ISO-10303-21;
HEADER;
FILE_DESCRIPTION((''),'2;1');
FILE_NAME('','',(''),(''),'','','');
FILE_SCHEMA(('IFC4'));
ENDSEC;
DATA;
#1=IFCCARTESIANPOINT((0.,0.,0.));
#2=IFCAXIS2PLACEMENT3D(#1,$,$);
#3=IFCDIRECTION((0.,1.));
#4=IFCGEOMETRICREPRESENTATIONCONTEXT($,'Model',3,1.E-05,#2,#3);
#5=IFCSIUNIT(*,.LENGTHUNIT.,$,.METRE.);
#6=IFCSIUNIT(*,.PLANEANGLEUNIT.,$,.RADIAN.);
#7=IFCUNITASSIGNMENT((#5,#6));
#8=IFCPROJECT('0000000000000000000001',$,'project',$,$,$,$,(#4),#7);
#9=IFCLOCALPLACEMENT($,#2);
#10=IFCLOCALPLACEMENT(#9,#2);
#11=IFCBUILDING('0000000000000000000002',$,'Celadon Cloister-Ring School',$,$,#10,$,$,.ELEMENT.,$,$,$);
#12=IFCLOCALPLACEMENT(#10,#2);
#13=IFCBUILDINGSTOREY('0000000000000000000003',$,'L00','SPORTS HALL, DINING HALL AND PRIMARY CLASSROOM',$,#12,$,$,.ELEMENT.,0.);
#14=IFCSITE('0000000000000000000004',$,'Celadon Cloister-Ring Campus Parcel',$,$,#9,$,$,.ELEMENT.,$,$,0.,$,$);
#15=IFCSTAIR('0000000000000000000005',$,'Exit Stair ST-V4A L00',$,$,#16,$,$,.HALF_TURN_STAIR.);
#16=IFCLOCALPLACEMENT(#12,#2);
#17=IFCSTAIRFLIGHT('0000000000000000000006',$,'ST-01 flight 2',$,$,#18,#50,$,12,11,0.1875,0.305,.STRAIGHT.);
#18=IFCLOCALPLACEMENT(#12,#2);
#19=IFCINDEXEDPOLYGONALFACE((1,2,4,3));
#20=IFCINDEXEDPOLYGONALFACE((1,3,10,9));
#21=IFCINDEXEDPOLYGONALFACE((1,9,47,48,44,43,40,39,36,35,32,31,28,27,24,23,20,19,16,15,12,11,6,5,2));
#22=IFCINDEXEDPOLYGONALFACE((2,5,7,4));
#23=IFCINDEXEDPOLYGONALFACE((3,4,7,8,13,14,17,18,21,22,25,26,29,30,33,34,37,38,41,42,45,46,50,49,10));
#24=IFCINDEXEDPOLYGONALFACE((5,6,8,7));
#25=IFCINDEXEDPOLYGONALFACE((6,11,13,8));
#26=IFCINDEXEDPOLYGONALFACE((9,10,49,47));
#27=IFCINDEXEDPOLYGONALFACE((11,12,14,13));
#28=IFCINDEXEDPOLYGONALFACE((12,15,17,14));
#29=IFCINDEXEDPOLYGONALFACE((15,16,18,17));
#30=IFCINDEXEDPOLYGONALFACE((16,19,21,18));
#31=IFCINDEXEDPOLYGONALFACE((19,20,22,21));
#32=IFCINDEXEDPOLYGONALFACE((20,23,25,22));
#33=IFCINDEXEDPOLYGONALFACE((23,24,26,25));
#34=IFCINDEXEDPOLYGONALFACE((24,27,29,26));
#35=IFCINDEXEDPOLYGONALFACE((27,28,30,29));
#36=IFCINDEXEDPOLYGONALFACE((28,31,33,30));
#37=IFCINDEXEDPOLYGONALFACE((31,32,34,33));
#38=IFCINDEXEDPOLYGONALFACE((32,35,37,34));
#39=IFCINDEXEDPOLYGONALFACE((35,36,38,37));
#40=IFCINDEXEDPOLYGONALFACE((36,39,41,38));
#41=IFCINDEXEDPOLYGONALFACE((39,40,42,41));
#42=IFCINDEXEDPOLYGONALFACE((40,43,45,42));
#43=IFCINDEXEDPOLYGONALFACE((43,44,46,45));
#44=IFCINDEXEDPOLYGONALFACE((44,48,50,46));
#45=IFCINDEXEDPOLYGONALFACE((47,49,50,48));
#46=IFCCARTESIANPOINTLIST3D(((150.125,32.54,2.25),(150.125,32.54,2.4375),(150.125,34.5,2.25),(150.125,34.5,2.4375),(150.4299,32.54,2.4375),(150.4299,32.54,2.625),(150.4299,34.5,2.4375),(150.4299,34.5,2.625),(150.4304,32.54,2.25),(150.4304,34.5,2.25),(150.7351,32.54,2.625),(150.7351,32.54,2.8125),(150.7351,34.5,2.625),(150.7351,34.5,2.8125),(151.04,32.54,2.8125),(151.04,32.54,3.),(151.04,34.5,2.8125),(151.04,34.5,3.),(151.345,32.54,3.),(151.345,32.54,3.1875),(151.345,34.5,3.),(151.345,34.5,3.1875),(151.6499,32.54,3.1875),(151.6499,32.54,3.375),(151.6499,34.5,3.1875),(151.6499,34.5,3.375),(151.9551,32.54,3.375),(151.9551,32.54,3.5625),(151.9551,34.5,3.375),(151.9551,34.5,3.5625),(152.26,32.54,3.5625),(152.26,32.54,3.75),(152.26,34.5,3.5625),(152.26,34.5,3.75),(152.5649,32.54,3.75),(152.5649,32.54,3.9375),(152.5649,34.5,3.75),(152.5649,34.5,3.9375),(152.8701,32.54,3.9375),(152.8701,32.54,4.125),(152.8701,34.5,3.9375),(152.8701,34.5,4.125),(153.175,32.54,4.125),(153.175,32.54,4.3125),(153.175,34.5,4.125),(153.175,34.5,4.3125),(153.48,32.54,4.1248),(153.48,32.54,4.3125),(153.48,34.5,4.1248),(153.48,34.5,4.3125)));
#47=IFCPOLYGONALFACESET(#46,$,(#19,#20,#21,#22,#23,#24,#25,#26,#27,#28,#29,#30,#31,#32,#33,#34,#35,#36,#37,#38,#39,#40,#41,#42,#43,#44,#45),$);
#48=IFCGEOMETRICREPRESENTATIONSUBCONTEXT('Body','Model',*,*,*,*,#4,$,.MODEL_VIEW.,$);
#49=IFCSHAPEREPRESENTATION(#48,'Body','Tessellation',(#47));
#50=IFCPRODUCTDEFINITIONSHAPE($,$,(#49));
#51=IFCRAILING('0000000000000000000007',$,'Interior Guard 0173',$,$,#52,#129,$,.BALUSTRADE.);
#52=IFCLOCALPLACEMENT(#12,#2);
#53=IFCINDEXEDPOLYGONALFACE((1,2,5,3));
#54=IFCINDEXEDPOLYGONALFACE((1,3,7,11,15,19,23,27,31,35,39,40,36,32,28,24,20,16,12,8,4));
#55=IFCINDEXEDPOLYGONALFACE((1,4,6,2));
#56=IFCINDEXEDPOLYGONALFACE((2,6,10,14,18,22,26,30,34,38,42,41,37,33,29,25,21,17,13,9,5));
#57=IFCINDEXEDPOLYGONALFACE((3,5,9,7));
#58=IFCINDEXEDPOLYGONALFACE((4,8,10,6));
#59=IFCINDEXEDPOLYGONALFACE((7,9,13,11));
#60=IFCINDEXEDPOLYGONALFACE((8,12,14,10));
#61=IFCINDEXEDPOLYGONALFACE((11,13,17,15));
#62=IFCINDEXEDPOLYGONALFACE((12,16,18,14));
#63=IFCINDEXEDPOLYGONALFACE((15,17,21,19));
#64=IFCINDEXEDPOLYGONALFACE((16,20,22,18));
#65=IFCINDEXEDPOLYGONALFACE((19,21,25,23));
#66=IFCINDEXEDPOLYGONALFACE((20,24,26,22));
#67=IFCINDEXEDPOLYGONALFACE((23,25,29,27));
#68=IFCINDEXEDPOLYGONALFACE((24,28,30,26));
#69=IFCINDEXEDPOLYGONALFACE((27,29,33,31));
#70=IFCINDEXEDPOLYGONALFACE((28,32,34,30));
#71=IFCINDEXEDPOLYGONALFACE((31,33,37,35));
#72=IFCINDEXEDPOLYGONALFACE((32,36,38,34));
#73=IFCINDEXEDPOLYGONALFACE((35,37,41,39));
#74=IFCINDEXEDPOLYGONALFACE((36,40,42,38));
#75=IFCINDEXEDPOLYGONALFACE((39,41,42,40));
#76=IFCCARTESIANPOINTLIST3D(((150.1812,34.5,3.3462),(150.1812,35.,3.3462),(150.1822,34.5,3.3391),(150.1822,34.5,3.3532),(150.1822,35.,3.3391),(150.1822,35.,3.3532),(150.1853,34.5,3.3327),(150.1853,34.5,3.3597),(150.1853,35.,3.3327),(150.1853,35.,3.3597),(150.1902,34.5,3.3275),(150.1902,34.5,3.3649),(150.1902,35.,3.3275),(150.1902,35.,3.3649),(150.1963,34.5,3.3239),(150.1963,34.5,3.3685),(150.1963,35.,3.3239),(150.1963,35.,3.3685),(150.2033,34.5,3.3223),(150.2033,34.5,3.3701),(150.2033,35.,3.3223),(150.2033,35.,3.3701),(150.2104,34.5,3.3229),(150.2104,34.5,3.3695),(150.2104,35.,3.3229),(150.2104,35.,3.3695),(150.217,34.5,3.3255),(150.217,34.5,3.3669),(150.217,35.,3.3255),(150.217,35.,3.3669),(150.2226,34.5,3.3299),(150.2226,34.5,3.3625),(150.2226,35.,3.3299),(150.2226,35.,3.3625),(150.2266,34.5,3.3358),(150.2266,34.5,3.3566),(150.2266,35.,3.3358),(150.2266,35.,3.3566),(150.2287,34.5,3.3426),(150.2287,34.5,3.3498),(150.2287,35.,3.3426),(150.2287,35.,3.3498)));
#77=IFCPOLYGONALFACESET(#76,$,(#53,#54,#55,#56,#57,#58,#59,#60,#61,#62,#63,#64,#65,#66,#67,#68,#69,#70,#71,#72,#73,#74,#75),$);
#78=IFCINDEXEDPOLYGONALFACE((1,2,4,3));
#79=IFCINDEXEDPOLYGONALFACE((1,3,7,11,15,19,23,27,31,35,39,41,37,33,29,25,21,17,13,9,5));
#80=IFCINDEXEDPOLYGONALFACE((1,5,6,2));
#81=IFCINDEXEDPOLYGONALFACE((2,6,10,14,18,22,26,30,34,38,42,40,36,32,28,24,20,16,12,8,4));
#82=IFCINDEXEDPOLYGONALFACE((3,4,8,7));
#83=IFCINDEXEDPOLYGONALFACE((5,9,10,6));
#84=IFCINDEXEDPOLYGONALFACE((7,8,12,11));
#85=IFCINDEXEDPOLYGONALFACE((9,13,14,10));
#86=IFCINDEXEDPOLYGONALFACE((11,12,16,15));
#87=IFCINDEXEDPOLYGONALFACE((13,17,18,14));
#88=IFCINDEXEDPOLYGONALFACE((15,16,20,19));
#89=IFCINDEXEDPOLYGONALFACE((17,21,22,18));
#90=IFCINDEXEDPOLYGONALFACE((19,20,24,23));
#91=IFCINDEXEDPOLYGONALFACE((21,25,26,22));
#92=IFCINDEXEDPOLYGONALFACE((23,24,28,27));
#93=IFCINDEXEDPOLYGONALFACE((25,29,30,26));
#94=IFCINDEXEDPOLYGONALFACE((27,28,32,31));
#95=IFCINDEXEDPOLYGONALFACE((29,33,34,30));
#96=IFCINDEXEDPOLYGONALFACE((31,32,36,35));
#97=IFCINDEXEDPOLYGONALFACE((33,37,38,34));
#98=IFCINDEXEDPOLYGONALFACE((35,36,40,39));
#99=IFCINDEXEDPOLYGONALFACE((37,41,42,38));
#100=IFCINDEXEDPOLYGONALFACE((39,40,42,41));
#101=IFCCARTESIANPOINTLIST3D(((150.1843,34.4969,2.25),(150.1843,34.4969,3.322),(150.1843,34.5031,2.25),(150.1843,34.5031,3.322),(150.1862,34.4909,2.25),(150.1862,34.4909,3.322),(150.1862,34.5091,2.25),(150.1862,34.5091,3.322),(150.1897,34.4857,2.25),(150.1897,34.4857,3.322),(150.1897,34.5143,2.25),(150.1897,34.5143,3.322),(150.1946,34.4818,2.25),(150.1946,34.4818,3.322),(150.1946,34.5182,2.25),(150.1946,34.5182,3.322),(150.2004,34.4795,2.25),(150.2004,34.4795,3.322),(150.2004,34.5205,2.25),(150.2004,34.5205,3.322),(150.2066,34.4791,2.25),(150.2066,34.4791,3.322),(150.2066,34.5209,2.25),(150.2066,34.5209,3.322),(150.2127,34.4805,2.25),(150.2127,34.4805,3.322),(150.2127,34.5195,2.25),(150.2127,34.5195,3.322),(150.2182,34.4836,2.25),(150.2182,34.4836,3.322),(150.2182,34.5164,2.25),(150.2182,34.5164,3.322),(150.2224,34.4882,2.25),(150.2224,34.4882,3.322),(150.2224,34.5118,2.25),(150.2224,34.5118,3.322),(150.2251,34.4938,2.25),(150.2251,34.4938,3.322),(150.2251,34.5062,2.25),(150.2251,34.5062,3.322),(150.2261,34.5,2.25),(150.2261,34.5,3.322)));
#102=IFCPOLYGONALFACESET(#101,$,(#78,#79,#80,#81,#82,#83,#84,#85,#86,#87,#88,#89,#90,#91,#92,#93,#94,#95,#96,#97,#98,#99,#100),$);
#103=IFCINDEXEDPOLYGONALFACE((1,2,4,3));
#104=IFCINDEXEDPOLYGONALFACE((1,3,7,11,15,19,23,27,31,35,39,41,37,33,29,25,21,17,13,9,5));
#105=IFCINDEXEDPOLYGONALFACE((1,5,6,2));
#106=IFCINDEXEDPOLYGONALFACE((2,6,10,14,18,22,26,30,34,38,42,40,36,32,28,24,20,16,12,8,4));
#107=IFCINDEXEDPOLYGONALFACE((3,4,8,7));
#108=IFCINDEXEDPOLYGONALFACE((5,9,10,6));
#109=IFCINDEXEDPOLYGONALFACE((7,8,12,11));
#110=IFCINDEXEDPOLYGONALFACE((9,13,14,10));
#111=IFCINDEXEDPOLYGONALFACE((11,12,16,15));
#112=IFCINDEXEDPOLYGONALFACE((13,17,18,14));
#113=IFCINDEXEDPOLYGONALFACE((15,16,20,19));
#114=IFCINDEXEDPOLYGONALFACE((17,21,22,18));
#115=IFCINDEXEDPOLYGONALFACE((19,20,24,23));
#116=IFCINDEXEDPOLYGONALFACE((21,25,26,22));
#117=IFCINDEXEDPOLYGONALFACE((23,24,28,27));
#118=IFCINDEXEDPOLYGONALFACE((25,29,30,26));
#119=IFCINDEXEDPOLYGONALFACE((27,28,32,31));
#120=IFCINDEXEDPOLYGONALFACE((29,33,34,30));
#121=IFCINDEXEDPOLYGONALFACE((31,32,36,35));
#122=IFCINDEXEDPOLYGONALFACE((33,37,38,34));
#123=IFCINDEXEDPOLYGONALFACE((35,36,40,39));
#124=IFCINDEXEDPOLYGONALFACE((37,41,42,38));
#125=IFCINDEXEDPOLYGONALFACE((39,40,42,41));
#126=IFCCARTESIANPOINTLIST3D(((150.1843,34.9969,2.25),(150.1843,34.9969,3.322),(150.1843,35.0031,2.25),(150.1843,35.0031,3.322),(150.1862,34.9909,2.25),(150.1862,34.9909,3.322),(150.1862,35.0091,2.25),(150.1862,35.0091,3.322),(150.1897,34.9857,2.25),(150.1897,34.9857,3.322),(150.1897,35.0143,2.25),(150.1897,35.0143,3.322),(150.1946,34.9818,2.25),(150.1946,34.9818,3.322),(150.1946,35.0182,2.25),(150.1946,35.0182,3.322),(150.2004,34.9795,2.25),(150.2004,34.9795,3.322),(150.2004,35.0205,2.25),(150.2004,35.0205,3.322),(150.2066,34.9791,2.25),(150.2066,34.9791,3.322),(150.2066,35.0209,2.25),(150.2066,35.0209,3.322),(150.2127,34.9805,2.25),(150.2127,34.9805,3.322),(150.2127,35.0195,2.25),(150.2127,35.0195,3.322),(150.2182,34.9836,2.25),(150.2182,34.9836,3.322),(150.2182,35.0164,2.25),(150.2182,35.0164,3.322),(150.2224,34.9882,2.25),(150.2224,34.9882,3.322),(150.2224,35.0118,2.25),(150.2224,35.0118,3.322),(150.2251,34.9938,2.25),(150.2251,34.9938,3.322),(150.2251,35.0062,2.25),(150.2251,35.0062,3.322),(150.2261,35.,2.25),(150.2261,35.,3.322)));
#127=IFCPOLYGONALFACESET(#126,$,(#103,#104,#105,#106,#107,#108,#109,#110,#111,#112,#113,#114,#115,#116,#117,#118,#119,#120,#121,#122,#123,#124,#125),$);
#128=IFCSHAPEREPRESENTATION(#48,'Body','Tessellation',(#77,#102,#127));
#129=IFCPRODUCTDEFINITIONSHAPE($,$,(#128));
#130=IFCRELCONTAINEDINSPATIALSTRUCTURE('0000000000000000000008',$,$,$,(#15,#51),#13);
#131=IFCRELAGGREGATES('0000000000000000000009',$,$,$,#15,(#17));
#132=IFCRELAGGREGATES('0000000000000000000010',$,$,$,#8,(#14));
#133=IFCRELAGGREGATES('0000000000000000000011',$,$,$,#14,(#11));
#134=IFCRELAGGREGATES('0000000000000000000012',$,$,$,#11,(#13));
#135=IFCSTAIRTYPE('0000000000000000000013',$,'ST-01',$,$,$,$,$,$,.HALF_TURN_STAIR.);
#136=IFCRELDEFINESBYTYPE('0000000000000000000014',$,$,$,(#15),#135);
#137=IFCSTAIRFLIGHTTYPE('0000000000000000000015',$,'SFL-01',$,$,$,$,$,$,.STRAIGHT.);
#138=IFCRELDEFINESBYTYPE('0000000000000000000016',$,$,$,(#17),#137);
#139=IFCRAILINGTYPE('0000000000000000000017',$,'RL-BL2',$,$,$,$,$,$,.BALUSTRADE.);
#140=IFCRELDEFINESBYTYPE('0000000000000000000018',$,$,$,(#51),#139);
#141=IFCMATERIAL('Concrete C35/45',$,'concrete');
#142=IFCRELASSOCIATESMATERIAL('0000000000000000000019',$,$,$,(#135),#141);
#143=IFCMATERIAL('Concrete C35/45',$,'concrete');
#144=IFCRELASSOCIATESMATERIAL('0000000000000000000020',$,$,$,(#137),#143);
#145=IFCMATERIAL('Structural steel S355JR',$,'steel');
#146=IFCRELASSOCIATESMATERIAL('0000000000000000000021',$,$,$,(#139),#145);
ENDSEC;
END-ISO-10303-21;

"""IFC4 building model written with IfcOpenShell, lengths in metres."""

from ifc_helpers import new_model, si_unit, direction, frame, origin, origin_2d, place, context, subcontext, project, spatial, polyline, circle, outline, extrude, material, type_object, element, aggregate, save


model = new_model("IFC4")

# Units and contexts
model_context = context("Model", 3, precision=1e-05, world=origin(), true_north=direction((0.0, 1.0)))
body_context = subcontext(model_context, "Body", "Model", "MODEL_VIEW")
ifc_project = project(units=[si_unit("LENGTHUNIT", "METRE"), si_unit("PLANEANGLEUNIT", "RADIAN")], contexts=[model_context])

# Site, building, storey
site_placement = place(None, origin())
site = spatial("IfcSite", under=ifc_project, at=site_placement, Name="Celadon Cloister-Ring Campus Parcel", CompositionType="ELEMENT", RefElevation=0.0)
building_placement = place(site_placement, origin())
building = spatial("IfcBuilding", under=site, at=building_placement, Name="Celadon Cloister-Ring School", CompositionType="ELEMENT")
storey_placement = place(building_placement, origin())
storey = spatial("IfcBuildingStorey", under=building, at=storey_placement, Name="L00", Description="SPORTS HALL, DINING HALL AND PRIMARY CLASSROOM", CompositionType="ELEMENT", Elevation=0.0)

# Stair, stair flight
ifc_material_1 = material(Name="Concrete C35/45", Category="concrete")
stair_type = type_object("IfcStairType", Name="ST-01", PredefinedType="HALF_TURN_STAIR", material=ifc_material_1)
stair_placement = place(storey_placement, origin())
stair = element("IfcStair", 1, at=stair_placement, inside=storey, type_object=stair_type, Name="Exit Stair ST-V4A L00", PredefinedType="HALF_TURN_STAIR")
ifc_material_2 = material(Name="Concrete C35/45", Category="concrete")
stair_flight_type = type_object("IfcStairFlightType", Name="SFL-01", PredefinedType="STRAIGHT", material=ifc_material_2)
stair_flight_placement = place(storey_placement, frame((150.125, 33.52, 2.25), z_axis=(0.0, 0.0, 1.0), x_axis=(1.0, 0.0, 0.0)))
stair_flight = element("IfcStairFlight", 2, at=stair_flight_placement, type_object=stair_flight_type, Name="ST-01 flight 2", NumberOfRisers=12, NumberOfTreads=11, PredefinedType="STRAIGHT", RiserHeight=0.1875, TreadLength=0.305, context=body_context, shape_type="SweptSolid", body=[
    extrude(outline(polyline([(0.0, 0.0), (0.0, 0.1875), (0.3049, 0.1875), (0.3049, 0.375), (0.6101, 0.375), (0.6101, 0.5625), (0.915, 0.5625), (0.915, 0.75), (1.22, 0.75), (1.22, 0.9375), (1.5249, 0.9375), (1.5249, 1.125), (1.8301, 1.125), (1.8301, 1.3125), (2.135, 1.3125), (2.135, 1.5), (2.4399, 1.5), (2.4399, 1.6875), (2.7451, 1.6875), (2.7451, 1.875), (3.05, 1.875), (3.05, 2.0625), (3.355, 2.0625), (3.355, 2.25), (3.355, 1.8748), (0.3054, 0.0), (0.0, 0.0)])), frame((0.0, 0.98, 0.0), z_axis=(0.0, -1.0, 0.0), x_axis=(1.0, 0.0, 0.0)), (0.0, 0.0, 1.0), 1.96),
])
aggregate(stair, [stair_flight])

# Railing
ifc_material_3 = material(Name="Structural steel S355JR", Category="steel")
railing_type_1 = type_object("IfcRailingType", Name="RL-BL2", PredefinedType="BALUSTRADE", material=ifc_material_3)
railing_1_placement = place(storey_placement, frame((150.2051, 34.5, 2.25)))
element("IfcRailing", 3, at=railing_1_placement, inside=storey, type_object=railing_type_1, Name="Interior Guard 0173", PredefinedType="BALUSTRADE", context=body_context, shape_type="SweptSolid", body=[
    extrude(circle(Radius=0.0239, at=origin_2d()), frame((0.0, 0.0, 1.0962), z_axis=(0.0, 1.0, 0.0), x_axis=(-1.0, 0.0, 0.0)), (0.0, 0.0, 1.0), 0.5),
    extrude(circle(Radius=0.021, at=origin_2d()), origin(), (0.0, 0.0, 1.0), 1.072),
    extrude(circle(Radius=0.021, at=origin_2d()), frame((0.0, 0.5, 0.0)), (0.0, 0.0, 1.0), 1.072),
])

save(model, "model.ifc")
